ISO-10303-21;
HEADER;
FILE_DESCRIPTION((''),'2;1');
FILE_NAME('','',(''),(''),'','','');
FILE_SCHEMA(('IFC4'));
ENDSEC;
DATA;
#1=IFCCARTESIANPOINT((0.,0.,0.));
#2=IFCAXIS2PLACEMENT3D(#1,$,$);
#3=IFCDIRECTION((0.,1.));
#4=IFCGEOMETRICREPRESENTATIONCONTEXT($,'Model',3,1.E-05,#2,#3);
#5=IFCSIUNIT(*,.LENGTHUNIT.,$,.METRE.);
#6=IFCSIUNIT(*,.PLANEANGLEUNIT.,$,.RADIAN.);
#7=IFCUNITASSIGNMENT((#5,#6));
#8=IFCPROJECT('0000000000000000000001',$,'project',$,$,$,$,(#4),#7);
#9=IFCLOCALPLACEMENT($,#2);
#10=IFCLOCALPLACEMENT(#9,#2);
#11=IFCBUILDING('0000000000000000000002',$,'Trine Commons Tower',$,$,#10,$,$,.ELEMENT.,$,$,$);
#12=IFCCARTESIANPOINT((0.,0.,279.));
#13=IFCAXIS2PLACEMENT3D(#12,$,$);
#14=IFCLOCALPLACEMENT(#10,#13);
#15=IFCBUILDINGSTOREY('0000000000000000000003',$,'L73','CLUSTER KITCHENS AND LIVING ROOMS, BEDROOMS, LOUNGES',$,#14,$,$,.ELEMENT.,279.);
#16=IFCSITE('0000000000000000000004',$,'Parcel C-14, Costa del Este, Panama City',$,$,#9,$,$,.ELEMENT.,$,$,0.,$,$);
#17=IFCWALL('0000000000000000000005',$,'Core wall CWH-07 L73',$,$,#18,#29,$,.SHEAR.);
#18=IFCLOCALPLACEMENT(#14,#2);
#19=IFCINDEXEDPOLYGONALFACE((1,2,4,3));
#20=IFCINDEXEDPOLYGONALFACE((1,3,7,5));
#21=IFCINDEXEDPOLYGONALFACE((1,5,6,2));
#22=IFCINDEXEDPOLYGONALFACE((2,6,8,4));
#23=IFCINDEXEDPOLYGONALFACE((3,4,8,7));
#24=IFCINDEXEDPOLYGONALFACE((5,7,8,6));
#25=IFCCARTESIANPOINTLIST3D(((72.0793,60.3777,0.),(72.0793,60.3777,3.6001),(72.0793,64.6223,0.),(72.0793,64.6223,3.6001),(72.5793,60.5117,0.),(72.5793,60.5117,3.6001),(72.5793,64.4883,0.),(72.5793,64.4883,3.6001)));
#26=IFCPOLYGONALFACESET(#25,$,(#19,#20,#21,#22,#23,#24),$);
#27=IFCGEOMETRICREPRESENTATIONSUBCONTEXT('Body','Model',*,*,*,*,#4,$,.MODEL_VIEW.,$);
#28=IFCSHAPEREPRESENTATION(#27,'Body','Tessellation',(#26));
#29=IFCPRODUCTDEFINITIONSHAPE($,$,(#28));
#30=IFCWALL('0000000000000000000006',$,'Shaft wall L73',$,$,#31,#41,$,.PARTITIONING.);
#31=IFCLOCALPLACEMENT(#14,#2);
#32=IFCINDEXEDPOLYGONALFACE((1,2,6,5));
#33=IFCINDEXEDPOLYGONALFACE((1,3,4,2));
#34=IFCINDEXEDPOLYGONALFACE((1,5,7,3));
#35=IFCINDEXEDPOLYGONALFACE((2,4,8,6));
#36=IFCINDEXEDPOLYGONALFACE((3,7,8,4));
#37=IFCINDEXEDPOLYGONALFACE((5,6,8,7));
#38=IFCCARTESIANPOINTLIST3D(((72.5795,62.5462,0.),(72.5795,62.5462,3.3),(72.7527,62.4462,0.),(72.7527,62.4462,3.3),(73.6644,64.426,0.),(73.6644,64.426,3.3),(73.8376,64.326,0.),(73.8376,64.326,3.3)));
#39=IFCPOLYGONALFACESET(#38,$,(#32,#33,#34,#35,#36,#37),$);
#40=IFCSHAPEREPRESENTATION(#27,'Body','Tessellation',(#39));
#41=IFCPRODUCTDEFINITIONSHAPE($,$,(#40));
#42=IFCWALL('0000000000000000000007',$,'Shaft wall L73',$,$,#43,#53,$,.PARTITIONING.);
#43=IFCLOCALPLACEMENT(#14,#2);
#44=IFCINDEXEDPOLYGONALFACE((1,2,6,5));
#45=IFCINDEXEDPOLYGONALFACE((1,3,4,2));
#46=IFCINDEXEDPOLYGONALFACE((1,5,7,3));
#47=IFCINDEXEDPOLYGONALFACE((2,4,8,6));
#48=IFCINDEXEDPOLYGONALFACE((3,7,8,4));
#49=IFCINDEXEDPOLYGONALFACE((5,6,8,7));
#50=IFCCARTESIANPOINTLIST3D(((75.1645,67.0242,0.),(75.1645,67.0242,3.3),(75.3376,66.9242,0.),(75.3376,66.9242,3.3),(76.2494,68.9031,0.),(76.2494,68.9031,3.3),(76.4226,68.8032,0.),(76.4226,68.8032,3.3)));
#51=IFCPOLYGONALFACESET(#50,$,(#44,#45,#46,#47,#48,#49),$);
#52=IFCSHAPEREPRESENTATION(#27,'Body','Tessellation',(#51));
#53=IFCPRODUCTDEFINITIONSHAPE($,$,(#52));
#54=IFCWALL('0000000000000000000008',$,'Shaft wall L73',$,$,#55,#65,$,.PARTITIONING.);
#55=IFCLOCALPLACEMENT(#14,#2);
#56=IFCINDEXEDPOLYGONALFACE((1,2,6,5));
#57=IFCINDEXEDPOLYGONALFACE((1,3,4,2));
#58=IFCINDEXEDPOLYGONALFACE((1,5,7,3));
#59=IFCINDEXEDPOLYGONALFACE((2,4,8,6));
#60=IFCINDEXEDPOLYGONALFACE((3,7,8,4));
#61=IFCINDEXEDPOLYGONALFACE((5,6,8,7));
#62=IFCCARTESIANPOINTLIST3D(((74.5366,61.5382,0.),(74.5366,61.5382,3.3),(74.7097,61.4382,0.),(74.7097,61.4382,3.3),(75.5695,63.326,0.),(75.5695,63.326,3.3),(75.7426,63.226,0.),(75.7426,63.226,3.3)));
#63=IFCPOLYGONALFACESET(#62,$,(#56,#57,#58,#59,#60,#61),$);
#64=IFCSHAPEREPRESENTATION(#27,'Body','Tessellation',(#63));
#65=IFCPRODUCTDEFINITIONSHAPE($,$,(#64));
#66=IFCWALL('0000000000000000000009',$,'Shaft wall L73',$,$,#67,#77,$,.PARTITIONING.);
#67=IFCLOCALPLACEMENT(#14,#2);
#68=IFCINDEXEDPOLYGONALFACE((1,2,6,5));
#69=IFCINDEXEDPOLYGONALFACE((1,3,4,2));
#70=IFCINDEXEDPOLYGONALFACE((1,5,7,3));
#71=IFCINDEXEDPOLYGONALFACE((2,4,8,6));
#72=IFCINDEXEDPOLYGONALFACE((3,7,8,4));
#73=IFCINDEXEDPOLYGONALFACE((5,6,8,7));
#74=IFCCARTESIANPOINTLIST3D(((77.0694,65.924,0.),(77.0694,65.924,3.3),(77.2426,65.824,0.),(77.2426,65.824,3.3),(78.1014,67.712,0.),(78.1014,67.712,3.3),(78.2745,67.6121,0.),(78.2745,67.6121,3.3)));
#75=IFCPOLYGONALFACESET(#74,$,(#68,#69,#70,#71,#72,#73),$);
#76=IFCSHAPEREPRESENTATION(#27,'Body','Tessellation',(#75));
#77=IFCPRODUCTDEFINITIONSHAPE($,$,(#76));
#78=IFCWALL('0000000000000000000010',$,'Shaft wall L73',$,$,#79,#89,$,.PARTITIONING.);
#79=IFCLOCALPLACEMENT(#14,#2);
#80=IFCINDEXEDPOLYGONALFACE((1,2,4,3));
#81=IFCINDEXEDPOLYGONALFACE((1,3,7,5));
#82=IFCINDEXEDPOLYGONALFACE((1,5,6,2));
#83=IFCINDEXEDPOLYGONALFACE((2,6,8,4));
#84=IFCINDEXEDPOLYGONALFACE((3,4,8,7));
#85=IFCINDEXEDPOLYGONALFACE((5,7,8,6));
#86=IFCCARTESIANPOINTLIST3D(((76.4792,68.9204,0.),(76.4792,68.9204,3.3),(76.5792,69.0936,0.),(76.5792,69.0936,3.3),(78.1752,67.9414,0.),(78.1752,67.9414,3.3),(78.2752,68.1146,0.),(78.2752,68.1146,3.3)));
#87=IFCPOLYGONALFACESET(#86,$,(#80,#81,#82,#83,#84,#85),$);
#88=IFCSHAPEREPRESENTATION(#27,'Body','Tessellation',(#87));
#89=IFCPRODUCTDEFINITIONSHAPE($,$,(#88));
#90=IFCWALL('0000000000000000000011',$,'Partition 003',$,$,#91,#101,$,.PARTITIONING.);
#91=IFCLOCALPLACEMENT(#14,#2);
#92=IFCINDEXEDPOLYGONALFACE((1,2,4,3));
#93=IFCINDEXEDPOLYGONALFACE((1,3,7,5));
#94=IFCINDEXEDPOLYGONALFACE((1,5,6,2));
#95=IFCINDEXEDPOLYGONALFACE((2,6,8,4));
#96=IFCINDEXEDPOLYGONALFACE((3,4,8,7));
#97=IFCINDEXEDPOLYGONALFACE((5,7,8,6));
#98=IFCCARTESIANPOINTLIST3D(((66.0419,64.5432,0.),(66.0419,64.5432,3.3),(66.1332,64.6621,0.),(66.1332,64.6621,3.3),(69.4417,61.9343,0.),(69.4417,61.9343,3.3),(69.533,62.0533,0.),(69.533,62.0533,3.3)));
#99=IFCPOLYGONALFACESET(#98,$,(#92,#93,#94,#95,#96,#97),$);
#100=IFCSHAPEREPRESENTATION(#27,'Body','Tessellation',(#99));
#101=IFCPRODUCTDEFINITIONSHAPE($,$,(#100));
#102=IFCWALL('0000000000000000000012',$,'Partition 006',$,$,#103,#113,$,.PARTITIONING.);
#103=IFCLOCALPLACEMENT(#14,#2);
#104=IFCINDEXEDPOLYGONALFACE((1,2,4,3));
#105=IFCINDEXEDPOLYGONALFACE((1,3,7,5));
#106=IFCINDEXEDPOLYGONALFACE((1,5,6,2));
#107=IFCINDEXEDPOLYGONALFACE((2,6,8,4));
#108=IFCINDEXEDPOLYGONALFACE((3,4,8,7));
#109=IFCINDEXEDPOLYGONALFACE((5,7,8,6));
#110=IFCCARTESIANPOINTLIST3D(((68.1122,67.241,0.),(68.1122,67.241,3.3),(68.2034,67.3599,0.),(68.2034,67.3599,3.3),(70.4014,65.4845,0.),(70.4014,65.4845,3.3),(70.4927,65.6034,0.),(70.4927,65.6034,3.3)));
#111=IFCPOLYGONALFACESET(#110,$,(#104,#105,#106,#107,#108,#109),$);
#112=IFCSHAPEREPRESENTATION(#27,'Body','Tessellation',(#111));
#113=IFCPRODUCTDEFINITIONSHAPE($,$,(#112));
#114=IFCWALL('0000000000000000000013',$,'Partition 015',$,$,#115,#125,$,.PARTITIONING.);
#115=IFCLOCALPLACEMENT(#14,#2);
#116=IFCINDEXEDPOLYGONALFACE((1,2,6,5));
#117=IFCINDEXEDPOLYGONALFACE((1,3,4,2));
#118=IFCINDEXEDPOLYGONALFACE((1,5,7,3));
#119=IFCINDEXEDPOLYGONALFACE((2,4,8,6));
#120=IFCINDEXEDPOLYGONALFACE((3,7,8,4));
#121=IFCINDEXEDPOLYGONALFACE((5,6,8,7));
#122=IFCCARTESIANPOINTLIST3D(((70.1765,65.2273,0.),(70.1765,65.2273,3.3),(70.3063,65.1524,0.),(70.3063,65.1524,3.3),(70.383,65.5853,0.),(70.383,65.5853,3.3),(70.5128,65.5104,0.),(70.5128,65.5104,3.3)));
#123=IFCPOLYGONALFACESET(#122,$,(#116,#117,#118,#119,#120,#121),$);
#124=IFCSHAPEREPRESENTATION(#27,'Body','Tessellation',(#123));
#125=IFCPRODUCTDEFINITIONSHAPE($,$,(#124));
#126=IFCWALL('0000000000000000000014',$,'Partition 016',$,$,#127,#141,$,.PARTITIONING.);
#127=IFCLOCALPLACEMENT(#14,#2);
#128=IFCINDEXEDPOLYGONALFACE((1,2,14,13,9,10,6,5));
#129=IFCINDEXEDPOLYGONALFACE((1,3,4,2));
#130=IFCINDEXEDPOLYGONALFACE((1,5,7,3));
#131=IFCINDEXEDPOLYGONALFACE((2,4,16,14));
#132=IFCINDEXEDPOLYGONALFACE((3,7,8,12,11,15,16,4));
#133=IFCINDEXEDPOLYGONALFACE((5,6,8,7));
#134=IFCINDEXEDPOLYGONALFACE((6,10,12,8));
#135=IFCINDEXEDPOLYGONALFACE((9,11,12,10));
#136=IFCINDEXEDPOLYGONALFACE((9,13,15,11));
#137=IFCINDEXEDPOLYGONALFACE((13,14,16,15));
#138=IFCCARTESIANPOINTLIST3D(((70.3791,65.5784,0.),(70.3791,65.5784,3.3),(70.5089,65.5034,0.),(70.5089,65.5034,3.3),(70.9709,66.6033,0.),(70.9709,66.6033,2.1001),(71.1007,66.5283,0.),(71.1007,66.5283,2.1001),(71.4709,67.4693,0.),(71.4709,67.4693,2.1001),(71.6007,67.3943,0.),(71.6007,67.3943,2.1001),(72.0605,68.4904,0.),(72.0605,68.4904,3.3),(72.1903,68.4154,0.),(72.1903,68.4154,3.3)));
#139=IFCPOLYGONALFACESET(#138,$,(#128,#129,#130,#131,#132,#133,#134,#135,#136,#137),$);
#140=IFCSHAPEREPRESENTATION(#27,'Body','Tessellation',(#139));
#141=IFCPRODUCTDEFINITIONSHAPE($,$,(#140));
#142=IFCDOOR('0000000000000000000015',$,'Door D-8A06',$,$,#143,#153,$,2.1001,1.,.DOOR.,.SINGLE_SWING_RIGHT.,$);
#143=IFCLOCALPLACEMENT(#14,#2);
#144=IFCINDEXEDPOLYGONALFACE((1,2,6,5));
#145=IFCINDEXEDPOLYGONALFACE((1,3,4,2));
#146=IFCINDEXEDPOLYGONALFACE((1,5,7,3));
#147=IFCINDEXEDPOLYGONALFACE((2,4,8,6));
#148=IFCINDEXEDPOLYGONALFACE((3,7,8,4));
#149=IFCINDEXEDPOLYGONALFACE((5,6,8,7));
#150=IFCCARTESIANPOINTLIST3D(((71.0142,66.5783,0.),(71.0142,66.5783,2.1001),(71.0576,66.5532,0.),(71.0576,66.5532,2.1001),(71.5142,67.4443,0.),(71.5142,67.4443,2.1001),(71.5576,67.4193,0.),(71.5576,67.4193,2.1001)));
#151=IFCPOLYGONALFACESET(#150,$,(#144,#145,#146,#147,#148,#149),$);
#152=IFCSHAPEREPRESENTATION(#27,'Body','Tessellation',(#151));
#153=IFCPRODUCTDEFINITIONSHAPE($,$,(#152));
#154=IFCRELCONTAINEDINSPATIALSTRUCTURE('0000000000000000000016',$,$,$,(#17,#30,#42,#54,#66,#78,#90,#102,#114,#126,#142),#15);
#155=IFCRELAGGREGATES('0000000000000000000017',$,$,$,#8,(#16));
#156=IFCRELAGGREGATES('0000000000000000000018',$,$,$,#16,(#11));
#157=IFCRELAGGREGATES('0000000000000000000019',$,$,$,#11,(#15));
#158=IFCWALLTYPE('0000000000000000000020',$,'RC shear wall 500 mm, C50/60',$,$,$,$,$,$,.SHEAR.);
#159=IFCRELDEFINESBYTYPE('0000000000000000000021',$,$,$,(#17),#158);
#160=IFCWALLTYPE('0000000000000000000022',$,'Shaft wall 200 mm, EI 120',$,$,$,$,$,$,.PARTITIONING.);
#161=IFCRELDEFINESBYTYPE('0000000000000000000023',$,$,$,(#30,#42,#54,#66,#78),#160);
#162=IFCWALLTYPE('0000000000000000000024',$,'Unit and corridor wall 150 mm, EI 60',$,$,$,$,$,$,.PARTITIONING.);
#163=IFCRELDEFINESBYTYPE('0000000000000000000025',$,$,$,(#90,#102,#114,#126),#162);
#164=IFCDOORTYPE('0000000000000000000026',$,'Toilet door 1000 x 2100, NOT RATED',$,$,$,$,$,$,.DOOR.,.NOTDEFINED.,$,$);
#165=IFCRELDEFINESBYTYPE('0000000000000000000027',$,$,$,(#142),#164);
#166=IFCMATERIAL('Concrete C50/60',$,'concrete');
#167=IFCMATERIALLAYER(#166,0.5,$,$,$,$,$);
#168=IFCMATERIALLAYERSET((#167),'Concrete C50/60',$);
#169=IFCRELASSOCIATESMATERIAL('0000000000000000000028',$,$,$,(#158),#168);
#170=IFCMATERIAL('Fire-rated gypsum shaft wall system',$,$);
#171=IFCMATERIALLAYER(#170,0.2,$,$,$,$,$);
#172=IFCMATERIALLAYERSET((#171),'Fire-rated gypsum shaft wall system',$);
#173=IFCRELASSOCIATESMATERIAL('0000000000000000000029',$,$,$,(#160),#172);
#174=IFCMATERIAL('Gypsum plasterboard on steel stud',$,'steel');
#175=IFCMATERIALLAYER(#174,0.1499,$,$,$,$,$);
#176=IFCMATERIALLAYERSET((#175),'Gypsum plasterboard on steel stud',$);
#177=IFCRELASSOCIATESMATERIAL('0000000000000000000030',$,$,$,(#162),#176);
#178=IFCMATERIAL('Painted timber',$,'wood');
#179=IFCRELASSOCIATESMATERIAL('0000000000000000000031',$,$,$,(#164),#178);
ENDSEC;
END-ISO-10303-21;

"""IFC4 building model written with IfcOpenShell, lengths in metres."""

from ifc_helpers import new_model, si_unit, direction, frame, frame_2d, origin, place, context, subcontext, project, spatial, polyline, rectangle, outline, extrude, material, layer, layer_set, type_object, element, fill, save


model = new_model("IFC4")

# Units and contexts
model_context = context("Model", 3, precision=1e-05, world=origin(), true_north=direction((0.0, 1.0)))
body_context = subcontext(model_context, "Body", "Model", "MODEL_VIEW")
ifc_project = project(units=[si_unit("LENGTHUNIT", "METRE"), si_unit("PLANEANGLEUNIT", "RADIAN")], contexts=[model_context])

# Site, building, storey
site_placement = place(None, origin())
site = spatial("IfcSite", under=ifc_project, at=site_placement, Name="Parcel C-14, Costa del Este, Panama City", CompositionType="ELEMENT", RefElevation=0.0)
building_placement = place(site_placement, origin())
building = spatial("IfcBuilding", under=site, at=building_placement, Name="Trine Commons Tower", CompositionType="ELEMENT")
storey_placement = place(building_placement, frame((0.0, 0.0, 279.0)))
storey = spatial("IfcBuildingStorey", under=building, at=storey_placement, Name="L73", Description="CLUSTER KITCHENS AND LIVING ROOMS, BEDROOMS, LOUNGES", CompositionType="ELEMENT", Elevation=279.0)

# Shared definitions
ifc_material_1 = material(Name="Fire-rated gypsum shaft wall system")
ifc_material_2 = material(Name="Concrete C50/60", Category="concrete")

# Shared definitions
ifc_layer_1 = layer(ifc_material_2, 0.5)
ifc_layer_set_1 = layer_set([ifc_layer_1], Name="Concrete C50/60")
wall_type_1 = type_object("IfcWallType", Name="RC shear wall 500 mm, C50/60", PredefinedType="SHEAR", material=ifc_layer_set_1)

# Walls
wall_1_placement = place(storey_placement, frame((72.3293, 64.6223, 0.0), z_axis=(0.0, 0.0, 1.0), x_axis=(0.0, -1.0, 0.0)))
element("IfcWall", 1, at=wall_1_placement, inside=storey, type_object=wall_type_1, Name="Core wall CWH-07 L73", PredefinedType="SHEAR", context=body_context, shape_type="SweptSolid", body=[
    extrude(outline(polyline([(0.0, -0.25), (4.2446, -0.25), (4.1106, 0.25), (0.134, 0.25), (0.0, -0.25)])), origin(), (0.0, 0.0, 1.0), 3.6001),
])
ifc_layer_2 = layer(ifc_material_1, 0.2)
ifc_layer_set_2 = layer_set([ifc_layer_2], Name="Fire-rated gypsum shaft wall system")
wall_type_2 = type_object("IfcWallType", Name="Shaft wall 200 mm, EI 120", PredefinedType="PARTITIONING", material=ifc_layer_set_2)
wall_2_placement = place(storey_placement, frame((73.751, 64.376, 0.0), z_axis=(0.0, 0.0, 1.0), x_axis=(-0.499865, -0.866103, 0.0)))
element("IfcWall", 2, at=wall_2_placement, inside=storey, type_object=wall_type_2, Name="Shaft wall L73", PredefinedType="PARTITIONING", context=body_context, shape_type="SweptSolid", body=[
    extrude(rectangle(XDim=2.1704, YDim=0.2, at=frame_2d((1.0852, 0.0))), origin(), (0.0, 0.0, 1.0), 3.3),
])
wall_3_placement = place(storey_placement, frame((75.251, 66.9741, 0.0), z_axis=(0.0, 0.0, 1.0), x_axis=(0.50006, 0.865991, 0.0)))
element("IfcWall", 3, at=wall_3_placement, inside=storey, type_object=wall_type_2, Name="Shaft wall L73", PredefinedType="PARTITIONING", context=body_context, shape_type="SweptSolid", body=[
    extrude(rectangle(XDim=2.1697, YDim=0.2, at=frame_2d((1.085, 0.0))), origin(), (0.0, 0.0, 1.0), 3.3),
])
wall_4_placement = place(storey_placement, frame((75.656, 63.2759, 0.0), z_axis=(0.0, 0.0, 1.0), x_axis=(-0.500272, -0.865868, 0.0)))
element("IfcWall", 4, at=wall_4_placement, inside=storey, type_object=wall_type_2, Name="Shaft wall L73", PredefinedType="PARTITIONING", context=body_context, shape_type="SweptSolid", body=[
    extrude(rectangle(XDim=2.0647, YDim=0.2, at=frame_2d((1.0322, 0.0))), origin(), (0.0, 0.0, 1.0), 3.3),
])
wall_5_placement = place(storey_placement, frame((77.156, 65.874, 0.0), z_axis=(0.0, 0.0, 1.0), x_axis=(0.499866, 0.866103, 0.0)))
element("IfcWall", 5, at=wall_5_placement, inside=storey, type_object=wall_type_2, Name="Shaft wall L73", PredefinedType="PARTITIONING", context=body_context, shape_type="SweptSolid", body=[
    extrude(rectangle(XDim=2.0645, YDim=0.2, at=frame_2d((1.0322, 0.0))), origin(), (0.0, 0.0, 1.0), 3.3),
])
wall_6_placement = place(storey_placement, frame((78.2251, 68.0281, 0.0), z_axis=(0.0, 0.0, 1.0), x_axis=(-0.866071, 0.49992, 0.0)))
element("IfcWall", 6, at=wall_6_placement, inside=storey, type_object=wall_type_2, Name="Shaft wall L73", PredefinedType="PARTITIONING", context=body_context, shape_type="SweptSolid", body=[
    extrude(rectangle(XDim=1.9583, YDim=0.2, at=frame_2d((0.979, 0.0))), origin(), (0.0, 0.0, 1.0), 3.3),
])
ifc_material_3 = material(Name="Gypsum plasterboard on steel stud", Category="steel")
ifc_layer_3 = layer(ifc_material_3, 0.1499)
ifc_layer_set_3 = layer_set([ifc_layer_3], Name="Gypsum plasterboard on steel stud")
wall_type_3 = type_object("IfcWallType", Name="Unit and corridor wall 150 mm, EI 60", PredefinedType="PARTITIONING", material=ifc_layer_set_3)
wall_7_placement = place(storey_placement, frame((66.0876, 64.6025, 0.0), z_axis=(0.0, 0.0, 1.0), x_axis=(0.793348, -0.608769, 0.0)))
element("IfcWall", 7, at=wall_7_placement, inside=storey, type_object=wall_type_3, Name="Partition 003", PredefinedType="PARTITIONING", context=body_context, shape_type="SweptSolid", body=[
    extrude(rectangle(XDim=4.2854, YDim=0.1499, at=frame_2d((2.1426, 0.0))), origin(), (0.0, 0.0, 1.0), 3.3),
])
wall_8_placement = place(storey_placement, frame((68.1577, 67.3005, 0.0), z_axis=(0.0, 0.0, 1.0), x_axis=(0.793363, -0.608749, 0.0)))
element("IfcWall", 8, at=wall_8_placement, inside=storey, type_object=wall_type_3, Name="Partition 006", PredefinedType="PARTITIONING", context=body_context, shape_type="SweptSolid", body=[
    extrude(rectangle(XDim=2.8855, YDim=0.1499, at=frame_2d((1.4429, 0.0))), origin(), (0.0, 0.0, 1.0), 3.3),
])
wall_9_placement = place(storey_placement, frame((70.2415, 65.1899, 0.0), z_axis=(0.0, 0.0, 1.0), x_axis=(0.499569, 0.866274, 0.0)))
element("IfcWall", 9, at=wall_9_placement, inside=storey, type_object=wall_type_3, Name="Partition 015", PredefinedType="PARTITIONING", context=body_context, shape_type="SweptSolid", body=[
    extrude(rectangle(XDim=0.4133, YDim=0.1499, at=frame_2d((0.2065, 0.0))), origin(), (0.0, 0.0, 1.0), 3.3),
])

# Wall, opening, door
wall_10_placement = place(storey_placement, frame((70.4441, 65.541, 0.0), z_axis=(0.0, 0.0, 1.0), x_axis=(0.50002, 0.866014, 0.0)))
wall_10 = element("IfcWall", 10, at=wall_10_placement, inside=storey, type_object=wall_type_3, Name="Partition 016", PredefinedType="PARTITIONING", context=body_context, shape_type="SweptSolid", body=[
    extrude(rectangle(XDim=3.3625, YDim=0.1499, at=frame_2d((1.6812, 0.0))), origin(), (0.0, 0.0, 1.0), 3.3),
])
opening_1_placement = place(wall_10_placement, frame((1.1833, 0.0, 0.0)))
opening_1 = element("IfcOpeningElement", 11, at=opening_1_placement, cuts=wall_10, PredefinedType="OPENING", context=body_context, shape_type="SweptSolid", body=[
    extrude(rectangle(XDim=1.0, YDim=2.1001, at=frame_2d((0.5, 1.05))), frame((0.0, 0.085, 0.0), z_axis=(0.0, -1.0, 0.0), x_axis=(1.0, 0.0, 0.0)), (0.0, 0.0, 1.0), 0.1699),
])
ifc_material_4 = material(Name="Painted timber", Category="wood")
door_type_1 = type_object("IfcDoorType", Name="Toilet door 1000 x 2100, NOT RATED", OperationType="NOTDEFINED", PredefinedType="DOOR", material=ifc_material_4)
door_1_placement = place(opening_1_placement, origin())
door_1 = element("IfcDoor", 12, at=door_1_placement, inside=storey, type_object=door_type_1, Name="Door D-8A06", OperationType="SINGLE_SWING_RIGHT", OverallHeight=2.1001, OverallWidth=1.0, PredefinedType="DOOR", context=body_context, shape_type="SweptSolid", body=[
    extrude(rectangle(XDim=1.0, YDim=2.1001, at=frame_2d((0.5, 1.05))), frame((0.0, 0.0249, 0.0), z_axis=(0.0, -1.0, 0.0), x_axis=(1.0, 0.0, 0.0)), (0.0, 0.0, 1.0), 0.05),
])
fill(opening_1, door_1)

save(model, "model.ifc")
